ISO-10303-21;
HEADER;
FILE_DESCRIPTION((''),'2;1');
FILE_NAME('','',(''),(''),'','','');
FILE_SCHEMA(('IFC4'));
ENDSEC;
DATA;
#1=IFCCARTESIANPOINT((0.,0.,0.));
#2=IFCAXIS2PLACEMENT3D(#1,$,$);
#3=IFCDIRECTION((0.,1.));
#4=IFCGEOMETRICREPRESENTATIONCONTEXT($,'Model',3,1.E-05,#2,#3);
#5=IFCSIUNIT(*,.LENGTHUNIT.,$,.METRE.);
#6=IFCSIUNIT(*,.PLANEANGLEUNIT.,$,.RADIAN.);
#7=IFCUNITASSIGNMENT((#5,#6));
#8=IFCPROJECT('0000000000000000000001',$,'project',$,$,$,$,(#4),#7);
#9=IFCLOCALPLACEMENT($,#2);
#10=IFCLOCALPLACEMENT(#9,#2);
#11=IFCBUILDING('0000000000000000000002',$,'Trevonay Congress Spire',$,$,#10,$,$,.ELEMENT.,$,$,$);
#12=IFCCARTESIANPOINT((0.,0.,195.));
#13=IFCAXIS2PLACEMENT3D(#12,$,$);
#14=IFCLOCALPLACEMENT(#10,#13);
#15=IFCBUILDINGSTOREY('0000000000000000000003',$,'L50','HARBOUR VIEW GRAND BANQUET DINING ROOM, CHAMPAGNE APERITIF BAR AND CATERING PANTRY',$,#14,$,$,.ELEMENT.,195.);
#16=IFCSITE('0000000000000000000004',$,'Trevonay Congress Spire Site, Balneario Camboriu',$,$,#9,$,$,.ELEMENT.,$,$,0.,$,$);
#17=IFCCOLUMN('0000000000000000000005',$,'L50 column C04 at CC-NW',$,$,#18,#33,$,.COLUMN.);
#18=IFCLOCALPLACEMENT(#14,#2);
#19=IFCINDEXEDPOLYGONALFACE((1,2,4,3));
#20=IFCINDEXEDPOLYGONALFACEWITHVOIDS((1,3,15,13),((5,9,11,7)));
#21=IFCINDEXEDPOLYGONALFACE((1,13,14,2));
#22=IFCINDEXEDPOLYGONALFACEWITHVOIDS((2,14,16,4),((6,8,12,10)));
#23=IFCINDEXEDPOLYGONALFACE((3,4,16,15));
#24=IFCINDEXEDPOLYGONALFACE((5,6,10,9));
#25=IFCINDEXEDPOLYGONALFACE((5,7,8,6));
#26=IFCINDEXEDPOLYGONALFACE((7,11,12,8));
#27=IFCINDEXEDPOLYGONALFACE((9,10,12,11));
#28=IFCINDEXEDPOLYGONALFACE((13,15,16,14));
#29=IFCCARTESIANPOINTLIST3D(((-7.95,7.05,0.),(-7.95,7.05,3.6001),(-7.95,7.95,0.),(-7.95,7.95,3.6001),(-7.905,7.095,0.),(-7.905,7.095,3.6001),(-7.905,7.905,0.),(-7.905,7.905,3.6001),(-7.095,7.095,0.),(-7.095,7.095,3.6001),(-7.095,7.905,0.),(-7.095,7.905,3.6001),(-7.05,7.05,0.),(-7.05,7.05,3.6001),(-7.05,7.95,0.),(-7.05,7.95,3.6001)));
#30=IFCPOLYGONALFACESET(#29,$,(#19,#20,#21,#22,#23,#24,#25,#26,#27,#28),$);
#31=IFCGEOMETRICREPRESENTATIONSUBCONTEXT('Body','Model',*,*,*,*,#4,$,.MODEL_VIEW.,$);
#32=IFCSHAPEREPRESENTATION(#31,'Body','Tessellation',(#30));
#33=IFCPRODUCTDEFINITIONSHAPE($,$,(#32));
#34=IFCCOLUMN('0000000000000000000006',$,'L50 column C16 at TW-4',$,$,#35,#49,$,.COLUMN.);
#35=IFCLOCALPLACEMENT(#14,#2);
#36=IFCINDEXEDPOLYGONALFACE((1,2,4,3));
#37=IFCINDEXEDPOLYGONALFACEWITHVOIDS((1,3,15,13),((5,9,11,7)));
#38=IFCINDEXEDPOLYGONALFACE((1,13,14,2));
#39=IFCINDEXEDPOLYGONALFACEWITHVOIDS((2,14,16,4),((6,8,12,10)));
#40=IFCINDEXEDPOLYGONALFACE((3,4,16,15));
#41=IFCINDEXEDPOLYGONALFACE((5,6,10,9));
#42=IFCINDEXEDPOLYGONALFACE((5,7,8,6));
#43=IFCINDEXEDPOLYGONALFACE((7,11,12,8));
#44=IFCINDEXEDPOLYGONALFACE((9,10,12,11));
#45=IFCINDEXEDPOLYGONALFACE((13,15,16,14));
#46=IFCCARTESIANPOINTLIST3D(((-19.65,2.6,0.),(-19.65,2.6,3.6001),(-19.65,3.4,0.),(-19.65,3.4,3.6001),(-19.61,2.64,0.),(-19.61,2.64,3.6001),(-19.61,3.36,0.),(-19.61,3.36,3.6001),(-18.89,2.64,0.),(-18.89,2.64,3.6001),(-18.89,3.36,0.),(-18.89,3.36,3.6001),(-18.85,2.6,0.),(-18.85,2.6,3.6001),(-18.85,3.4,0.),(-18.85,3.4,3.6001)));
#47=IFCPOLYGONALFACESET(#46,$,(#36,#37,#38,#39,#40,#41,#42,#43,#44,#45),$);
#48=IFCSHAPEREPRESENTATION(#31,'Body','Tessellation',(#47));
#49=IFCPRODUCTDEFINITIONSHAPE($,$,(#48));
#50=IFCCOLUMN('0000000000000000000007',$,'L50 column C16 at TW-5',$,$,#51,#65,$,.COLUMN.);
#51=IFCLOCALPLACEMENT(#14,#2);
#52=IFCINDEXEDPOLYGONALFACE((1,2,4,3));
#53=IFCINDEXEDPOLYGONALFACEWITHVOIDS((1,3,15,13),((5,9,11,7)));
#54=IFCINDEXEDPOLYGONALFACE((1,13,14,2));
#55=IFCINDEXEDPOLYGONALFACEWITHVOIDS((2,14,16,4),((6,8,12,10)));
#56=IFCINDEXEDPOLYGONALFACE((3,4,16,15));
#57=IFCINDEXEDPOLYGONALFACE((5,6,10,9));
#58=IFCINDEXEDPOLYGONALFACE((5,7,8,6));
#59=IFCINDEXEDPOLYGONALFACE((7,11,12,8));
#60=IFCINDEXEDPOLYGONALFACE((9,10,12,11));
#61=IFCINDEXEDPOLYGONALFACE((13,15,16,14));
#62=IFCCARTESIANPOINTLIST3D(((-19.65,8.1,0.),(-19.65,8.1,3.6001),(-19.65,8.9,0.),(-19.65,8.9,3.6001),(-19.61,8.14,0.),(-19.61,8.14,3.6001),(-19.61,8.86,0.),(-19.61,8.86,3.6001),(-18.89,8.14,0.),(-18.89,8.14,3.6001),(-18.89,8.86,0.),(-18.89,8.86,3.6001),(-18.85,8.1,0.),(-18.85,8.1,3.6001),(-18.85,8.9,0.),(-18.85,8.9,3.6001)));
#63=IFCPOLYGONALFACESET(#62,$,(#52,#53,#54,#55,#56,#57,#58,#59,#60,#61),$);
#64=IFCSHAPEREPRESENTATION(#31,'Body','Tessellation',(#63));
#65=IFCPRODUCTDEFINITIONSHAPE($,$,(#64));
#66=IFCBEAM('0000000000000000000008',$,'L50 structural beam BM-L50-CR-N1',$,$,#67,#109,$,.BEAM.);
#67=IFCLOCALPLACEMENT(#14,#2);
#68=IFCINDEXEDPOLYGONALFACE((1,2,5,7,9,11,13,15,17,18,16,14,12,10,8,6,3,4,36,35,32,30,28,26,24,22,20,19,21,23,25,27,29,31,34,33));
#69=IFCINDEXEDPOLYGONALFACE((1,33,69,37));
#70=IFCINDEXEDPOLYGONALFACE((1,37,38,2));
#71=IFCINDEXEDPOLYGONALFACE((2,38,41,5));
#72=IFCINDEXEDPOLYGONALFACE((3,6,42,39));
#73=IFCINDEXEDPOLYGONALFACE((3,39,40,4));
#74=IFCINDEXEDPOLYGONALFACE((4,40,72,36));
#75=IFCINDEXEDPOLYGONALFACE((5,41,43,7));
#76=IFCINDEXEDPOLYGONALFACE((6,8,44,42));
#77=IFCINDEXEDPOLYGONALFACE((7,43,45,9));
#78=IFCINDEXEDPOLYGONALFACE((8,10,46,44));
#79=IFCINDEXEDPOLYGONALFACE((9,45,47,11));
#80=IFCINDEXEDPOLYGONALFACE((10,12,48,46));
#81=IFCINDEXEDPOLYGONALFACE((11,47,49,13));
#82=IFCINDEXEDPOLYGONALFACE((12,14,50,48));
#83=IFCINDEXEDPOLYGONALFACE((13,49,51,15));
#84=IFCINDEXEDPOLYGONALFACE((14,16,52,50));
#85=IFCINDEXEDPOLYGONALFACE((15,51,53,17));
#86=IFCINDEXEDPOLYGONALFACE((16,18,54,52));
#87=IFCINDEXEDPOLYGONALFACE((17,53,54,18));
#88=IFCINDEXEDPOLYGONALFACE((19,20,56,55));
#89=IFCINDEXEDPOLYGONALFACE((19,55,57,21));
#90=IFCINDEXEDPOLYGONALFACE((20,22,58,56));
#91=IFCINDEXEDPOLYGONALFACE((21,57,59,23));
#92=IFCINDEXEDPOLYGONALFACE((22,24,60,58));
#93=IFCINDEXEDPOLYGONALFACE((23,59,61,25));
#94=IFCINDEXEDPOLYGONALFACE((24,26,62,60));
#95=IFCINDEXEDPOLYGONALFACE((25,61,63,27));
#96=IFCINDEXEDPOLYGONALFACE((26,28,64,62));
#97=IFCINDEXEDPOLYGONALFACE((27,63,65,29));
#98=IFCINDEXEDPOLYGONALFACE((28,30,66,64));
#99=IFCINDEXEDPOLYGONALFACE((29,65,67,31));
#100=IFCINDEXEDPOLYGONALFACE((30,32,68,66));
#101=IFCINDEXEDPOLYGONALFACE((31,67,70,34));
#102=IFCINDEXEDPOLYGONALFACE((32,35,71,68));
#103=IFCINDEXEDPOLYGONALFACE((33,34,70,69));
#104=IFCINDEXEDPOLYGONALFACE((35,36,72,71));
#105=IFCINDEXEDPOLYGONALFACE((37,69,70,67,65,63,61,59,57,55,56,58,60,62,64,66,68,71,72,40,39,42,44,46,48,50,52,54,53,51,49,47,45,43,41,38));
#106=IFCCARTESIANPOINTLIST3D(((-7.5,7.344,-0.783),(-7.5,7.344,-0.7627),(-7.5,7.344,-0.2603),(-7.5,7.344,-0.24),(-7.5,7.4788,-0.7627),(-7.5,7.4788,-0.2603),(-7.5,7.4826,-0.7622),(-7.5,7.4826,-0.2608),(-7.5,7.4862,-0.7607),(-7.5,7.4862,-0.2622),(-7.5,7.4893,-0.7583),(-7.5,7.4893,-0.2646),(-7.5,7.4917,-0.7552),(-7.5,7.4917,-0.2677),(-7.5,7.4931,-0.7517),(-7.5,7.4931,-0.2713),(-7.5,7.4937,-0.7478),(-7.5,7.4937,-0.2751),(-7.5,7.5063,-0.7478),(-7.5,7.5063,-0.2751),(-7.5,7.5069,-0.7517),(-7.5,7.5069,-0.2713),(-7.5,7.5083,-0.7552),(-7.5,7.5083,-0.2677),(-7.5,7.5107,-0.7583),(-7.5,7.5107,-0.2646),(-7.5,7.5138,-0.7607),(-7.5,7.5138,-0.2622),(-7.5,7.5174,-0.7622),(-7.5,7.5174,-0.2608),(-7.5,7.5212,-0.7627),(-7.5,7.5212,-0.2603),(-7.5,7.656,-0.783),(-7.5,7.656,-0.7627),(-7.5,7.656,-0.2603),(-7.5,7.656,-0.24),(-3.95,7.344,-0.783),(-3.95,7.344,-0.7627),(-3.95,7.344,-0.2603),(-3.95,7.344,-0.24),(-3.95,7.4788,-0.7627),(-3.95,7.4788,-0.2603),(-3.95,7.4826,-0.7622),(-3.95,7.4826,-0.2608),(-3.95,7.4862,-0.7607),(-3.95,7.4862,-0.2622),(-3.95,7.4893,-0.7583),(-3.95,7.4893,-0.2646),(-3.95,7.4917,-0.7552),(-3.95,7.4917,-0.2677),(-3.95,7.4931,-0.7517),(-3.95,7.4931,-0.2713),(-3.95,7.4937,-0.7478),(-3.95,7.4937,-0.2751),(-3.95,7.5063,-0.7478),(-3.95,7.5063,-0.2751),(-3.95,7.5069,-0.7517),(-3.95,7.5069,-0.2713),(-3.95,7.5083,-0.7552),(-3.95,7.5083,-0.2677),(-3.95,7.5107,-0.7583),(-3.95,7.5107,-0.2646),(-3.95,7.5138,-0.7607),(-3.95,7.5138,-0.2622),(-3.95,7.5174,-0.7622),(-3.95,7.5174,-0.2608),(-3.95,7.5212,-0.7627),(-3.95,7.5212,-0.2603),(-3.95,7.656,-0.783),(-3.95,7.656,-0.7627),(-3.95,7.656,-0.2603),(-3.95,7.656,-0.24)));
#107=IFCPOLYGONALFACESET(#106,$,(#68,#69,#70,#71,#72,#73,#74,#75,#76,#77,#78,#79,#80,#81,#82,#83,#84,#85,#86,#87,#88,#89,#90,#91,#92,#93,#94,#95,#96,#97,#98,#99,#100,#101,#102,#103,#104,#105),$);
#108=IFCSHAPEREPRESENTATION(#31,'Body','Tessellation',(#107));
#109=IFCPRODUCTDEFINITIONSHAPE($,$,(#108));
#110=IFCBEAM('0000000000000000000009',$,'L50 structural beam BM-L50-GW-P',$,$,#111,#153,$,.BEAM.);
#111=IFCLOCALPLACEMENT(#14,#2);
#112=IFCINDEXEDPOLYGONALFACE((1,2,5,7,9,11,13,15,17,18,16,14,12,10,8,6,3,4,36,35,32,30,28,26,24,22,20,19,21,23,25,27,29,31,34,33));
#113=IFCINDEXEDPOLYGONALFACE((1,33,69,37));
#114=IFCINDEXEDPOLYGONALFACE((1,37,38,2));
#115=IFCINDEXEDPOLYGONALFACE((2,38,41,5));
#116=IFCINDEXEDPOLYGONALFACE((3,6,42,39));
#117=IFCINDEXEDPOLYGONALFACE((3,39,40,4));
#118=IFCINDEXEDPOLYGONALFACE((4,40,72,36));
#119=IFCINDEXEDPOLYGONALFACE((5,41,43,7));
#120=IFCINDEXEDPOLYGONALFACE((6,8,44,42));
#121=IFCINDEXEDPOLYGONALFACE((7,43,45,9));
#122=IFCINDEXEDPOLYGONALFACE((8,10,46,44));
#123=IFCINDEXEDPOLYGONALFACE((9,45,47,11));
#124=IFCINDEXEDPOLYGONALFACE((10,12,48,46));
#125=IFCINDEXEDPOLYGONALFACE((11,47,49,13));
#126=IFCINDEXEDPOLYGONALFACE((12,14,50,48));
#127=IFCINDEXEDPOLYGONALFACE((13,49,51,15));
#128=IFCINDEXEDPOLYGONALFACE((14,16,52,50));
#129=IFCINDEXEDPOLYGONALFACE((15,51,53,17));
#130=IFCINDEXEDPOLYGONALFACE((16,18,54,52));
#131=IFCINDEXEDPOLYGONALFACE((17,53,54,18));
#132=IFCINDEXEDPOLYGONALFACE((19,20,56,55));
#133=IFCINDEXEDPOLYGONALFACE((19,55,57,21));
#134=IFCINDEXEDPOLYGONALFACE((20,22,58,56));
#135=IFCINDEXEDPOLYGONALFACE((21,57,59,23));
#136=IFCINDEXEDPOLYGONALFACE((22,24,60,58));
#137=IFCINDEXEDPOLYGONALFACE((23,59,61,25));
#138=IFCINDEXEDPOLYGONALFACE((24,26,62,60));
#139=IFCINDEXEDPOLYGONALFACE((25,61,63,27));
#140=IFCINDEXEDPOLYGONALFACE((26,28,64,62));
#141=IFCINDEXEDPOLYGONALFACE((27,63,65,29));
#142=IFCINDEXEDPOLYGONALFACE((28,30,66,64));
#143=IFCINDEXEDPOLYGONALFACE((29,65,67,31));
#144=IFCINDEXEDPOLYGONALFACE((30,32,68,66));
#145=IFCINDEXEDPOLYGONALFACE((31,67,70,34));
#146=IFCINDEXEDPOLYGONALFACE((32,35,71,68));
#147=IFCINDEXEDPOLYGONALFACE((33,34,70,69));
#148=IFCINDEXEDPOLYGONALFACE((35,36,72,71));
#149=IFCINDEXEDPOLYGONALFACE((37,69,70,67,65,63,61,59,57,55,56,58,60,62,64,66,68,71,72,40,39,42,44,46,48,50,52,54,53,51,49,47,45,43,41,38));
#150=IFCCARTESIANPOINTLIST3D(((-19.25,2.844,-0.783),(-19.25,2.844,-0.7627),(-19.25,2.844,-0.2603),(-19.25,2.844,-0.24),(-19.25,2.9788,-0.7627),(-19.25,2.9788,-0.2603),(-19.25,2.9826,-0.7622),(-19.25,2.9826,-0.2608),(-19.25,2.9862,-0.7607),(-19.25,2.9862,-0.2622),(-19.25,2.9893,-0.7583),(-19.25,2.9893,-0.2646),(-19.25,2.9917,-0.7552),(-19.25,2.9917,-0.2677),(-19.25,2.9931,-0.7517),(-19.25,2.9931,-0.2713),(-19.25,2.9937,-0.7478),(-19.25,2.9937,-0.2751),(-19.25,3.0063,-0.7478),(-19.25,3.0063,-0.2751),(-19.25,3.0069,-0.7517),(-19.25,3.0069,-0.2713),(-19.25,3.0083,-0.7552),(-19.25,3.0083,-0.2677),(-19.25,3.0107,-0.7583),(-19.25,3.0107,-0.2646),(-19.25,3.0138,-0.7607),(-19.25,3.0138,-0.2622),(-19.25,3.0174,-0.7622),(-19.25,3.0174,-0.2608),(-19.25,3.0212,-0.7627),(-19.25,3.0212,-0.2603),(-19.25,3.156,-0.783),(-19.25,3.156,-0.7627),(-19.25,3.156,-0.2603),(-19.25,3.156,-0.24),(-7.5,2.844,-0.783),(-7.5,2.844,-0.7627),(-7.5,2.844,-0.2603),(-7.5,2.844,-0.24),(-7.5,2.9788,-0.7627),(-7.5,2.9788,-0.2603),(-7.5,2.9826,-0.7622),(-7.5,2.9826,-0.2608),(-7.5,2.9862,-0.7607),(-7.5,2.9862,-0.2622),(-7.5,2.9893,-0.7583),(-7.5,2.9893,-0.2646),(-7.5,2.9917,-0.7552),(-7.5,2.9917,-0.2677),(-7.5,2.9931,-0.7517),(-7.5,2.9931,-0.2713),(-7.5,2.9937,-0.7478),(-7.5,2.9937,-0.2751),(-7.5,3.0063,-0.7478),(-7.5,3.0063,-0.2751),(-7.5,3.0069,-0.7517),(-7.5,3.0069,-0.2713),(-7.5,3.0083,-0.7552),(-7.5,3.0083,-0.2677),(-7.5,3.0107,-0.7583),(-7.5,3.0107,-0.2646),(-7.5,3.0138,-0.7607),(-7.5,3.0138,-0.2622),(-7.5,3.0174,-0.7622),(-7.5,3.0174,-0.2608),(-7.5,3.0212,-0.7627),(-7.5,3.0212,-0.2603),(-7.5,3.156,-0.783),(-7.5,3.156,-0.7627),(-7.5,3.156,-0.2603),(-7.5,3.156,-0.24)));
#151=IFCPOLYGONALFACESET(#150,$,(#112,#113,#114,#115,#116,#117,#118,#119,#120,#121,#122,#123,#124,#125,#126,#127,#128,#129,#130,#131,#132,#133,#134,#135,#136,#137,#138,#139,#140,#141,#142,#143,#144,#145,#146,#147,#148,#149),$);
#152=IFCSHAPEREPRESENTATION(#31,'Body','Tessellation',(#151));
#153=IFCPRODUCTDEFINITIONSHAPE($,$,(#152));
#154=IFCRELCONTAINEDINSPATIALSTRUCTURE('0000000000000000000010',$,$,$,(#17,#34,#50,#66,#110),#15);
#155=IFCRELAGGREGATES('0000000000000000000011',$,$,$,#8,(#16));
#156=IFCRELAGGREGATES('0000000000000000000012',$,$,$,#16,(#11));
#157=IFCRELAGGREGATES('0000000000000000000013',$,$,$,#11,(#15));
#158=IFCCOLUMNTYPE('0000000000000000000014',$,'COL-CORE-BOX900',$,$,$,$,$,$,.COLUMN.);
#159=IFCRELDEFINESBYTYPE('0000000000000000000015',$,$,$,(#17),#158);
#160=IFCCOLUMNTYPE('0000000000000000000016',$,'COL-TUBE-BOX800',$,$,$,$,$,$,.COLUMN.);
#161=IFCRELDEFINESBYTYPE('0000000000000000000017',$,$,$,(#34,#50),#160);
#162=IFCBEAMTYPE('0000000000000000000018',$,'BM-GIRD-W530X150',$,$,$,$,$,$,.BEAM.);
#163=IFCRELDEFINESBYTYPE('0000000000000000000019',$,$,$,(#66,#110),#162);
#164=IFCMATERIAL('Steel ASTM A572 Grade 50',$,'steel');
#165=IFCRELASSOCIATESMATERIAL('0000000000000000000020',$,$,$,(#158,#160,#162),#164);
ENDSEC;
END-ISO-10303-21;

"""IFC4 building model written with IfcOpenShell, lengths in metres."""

from ifc_helpers import new_model, si_unit, direction, frame, origin, origin_2d, place, context, subcontext, project, spatial, hollow_rectangle, i_section, extrude, material, material_profile, profile_set, type_object, element, save


model = new_model("IFC4")

# Units and contexts
model_context = context("Model", 3, precision=1e-05, world=origin(), true_north=direction((0.0, 1.0)))
body_context = subcontext(model_context, "Body", "Model", "MODEL_VIEW")
ifc_project = project(units=[si_unit("LENGTHUNIT", "METRE"), si_unit("PLANEANGLEUNIT", "RADIAN")], contexts=[model_context])

# Site, building, storey
site_placement = place(None, origin())
site = spatial("IfcSite", under=ifc_project, at=site_placement, Name="Trevonay Congress Spire Site, Balneario Camboriu", CompositionType="ELEMENT", RefElevation=0.0)
building_placement = place(site_placement, origin())
building = spatial("IfcBuilding", under=site, at=building_placement, Name="Trevonay Congress Spire", CompositionType="ELEMENT")
storey_placement = place(building_placement, frame((0.0, 0.0, 195.0)))
storey = spatial("IfcBuildingStorey", under=building, at=storey_placement, Name="L50", Description="HARBOUR VIEW GRAND BANQUET DINING ROOM, CHAMPAGNE APERITIF BAR AND CATERING PANTRY", CompositionType="ELEMENT", Elevation=195.0)

# Columns
ifc_material_1 = material(Name="Steel ASTM A572 Grade 50", Category="steel")
ifc_material_profile_1 = material_profile(ifc_material_1, hollow_rectangle(XDim=0.8999, YDim=0.8999, WallThickness=0.0449, at=origin_2d()), Name="BOX 900x900x45")
ifc_profile_set_1 = profile_set([ifc_material_profile_1], Name="Steel ASTM A572 Grade 50")
column_type_1 = type_object("IfcColumnType", Name="COL-CORE-BOX900", PredefinedType="COLUMN", material=ifc_profile_set_1)
column_placement = place(storey_placement, frame((-7.5, 7.5, 0.0), z_axis=(0.0, 0.0, 1.0), x_axis=(1.0, 0.0, 0.0)))
element("IfcColumn", 1, at=column_placement, inside=storey, type_object=column_type_1, Name="L50 column C04 at CC-NW", PredefinedType="COLUMN", context=body_context, shape_type="SweptSolid", body=[
    extrude(hollow_rectangle(XDim=0.8999, YDim=0.8999, WallThickness=0.0449, at=origin_2d()), origin(), (0.0, 0.0, 1.0), 3.6001),
])
ifc_material_profile_2 = material_profile(ifc_material_1, hollow_rectangle(XDim=0.8, YDim=0.8, WallThickness=0.04, at=origin_2d()), Name="BOX 800x800x40")
ifc_profile_set_2 = profile_set([ifc_material_profile_2], Name="Steel ASTM A572 Grade 50")
column_type_2 = type_object("IfcColumnType", Name="COL-TUBE-BOX800", PredefinedType="COLUMN", material=ifc_profile_set_2)
for number, where, z_axis, x_axis, name in (
    (2, (-19.25, 3.0, 0.0), (0.0, 0.0, 1.0), (1.0, 0.0, 0.0), "L50 column C16 at TW-4"),
    (3, (-19.25, 8.5, 0.0), (0.0, 0.0, 1.0), (1.0, 0.0, 0.0), "L50 column C16 at TW-5"),
):
    element("IfcColumn", number, at=place(storey_placement, frame(where, z_axis=z_axis, x_axis=x_axis)), inside=storey, type_object=column_type_2, Name=name, PredefinedType="COLUMN", context=body_context, shape_type="SweptSolid", body=[
        extrude(hollow_rectangle(XDim=0.8, YDim=0.8, WallThickness=0.04, at=origin_2d()), origin(), (0.0, 0.0, 1.0), 3.6001),
    ])

# Beams
ifc_material_profile_3 = material_profile(ifc_material_1, i_section(OverallWidth=0.312, OverallDepth=0.543, WebThickness=0.0127, FlangeThickness=0.0203, FilletRadius=0.0149, at=origin_2d()), Name="W530x150")
ifc_profile_set_3 = profile_set([ifc_material_profile_3], Name="Steel ASTM A572 Grade 50")
beam_type_1 = type_object("IfcBeamType", Name="BM-GIRD-W530X150", PredefinedType="BEAM", material=ifc_profile_set_3)
beam_1_placement = place(storey_placement, frame((-7.5, 7.5, -0.5115), z_axis=(1.0, 0.0, 0.0), x_axis=(0.0, 1.0, 0.0)))
element("IfcBeam", 4, at=beam_1_placement, inside=storey, type_object=beam_type_1, Name="L50 structural beam BM-L50-CR-N1", PredefinedType="BEAM", context=body_context, shape_type="SweptSolid", body=[
    extrude(i_section(OverallWidth=0.312, OverallDepth=0.543, WebThickness=0.0127, FlangeThickness=0.0203, FilletRadius=0.0149, at=origin_2d()), origin(), (0.0, 0.0, 1.0), 3.55),
])
beam_2_placement = place(storey_placement, frame((-7.5, 3.0, -0.5115), z_axis=(-1.0, 0.0, 0.0), x_axis=(0.0, -1.0, 0.0)))
element("IfcBeam", 5, at=beam_2_placement, inside=storey, type_object=beam_type_1, Name="L50 structural beam BM-L50-GW-P", PredefinedType="BEAM", context=body_context, shape_type="SweptSolid", body=[
    extrude(i_section(OverallWidth=0.312, OverallDepth=0.543, WebThickness=0.0127, FlangeThickness=0.0203, FilletRadius=0.0149, at=origin_2d()), origin(), (0.0, 0.0, 1.0), 11.75),
])

save(model, "model.ifc")
